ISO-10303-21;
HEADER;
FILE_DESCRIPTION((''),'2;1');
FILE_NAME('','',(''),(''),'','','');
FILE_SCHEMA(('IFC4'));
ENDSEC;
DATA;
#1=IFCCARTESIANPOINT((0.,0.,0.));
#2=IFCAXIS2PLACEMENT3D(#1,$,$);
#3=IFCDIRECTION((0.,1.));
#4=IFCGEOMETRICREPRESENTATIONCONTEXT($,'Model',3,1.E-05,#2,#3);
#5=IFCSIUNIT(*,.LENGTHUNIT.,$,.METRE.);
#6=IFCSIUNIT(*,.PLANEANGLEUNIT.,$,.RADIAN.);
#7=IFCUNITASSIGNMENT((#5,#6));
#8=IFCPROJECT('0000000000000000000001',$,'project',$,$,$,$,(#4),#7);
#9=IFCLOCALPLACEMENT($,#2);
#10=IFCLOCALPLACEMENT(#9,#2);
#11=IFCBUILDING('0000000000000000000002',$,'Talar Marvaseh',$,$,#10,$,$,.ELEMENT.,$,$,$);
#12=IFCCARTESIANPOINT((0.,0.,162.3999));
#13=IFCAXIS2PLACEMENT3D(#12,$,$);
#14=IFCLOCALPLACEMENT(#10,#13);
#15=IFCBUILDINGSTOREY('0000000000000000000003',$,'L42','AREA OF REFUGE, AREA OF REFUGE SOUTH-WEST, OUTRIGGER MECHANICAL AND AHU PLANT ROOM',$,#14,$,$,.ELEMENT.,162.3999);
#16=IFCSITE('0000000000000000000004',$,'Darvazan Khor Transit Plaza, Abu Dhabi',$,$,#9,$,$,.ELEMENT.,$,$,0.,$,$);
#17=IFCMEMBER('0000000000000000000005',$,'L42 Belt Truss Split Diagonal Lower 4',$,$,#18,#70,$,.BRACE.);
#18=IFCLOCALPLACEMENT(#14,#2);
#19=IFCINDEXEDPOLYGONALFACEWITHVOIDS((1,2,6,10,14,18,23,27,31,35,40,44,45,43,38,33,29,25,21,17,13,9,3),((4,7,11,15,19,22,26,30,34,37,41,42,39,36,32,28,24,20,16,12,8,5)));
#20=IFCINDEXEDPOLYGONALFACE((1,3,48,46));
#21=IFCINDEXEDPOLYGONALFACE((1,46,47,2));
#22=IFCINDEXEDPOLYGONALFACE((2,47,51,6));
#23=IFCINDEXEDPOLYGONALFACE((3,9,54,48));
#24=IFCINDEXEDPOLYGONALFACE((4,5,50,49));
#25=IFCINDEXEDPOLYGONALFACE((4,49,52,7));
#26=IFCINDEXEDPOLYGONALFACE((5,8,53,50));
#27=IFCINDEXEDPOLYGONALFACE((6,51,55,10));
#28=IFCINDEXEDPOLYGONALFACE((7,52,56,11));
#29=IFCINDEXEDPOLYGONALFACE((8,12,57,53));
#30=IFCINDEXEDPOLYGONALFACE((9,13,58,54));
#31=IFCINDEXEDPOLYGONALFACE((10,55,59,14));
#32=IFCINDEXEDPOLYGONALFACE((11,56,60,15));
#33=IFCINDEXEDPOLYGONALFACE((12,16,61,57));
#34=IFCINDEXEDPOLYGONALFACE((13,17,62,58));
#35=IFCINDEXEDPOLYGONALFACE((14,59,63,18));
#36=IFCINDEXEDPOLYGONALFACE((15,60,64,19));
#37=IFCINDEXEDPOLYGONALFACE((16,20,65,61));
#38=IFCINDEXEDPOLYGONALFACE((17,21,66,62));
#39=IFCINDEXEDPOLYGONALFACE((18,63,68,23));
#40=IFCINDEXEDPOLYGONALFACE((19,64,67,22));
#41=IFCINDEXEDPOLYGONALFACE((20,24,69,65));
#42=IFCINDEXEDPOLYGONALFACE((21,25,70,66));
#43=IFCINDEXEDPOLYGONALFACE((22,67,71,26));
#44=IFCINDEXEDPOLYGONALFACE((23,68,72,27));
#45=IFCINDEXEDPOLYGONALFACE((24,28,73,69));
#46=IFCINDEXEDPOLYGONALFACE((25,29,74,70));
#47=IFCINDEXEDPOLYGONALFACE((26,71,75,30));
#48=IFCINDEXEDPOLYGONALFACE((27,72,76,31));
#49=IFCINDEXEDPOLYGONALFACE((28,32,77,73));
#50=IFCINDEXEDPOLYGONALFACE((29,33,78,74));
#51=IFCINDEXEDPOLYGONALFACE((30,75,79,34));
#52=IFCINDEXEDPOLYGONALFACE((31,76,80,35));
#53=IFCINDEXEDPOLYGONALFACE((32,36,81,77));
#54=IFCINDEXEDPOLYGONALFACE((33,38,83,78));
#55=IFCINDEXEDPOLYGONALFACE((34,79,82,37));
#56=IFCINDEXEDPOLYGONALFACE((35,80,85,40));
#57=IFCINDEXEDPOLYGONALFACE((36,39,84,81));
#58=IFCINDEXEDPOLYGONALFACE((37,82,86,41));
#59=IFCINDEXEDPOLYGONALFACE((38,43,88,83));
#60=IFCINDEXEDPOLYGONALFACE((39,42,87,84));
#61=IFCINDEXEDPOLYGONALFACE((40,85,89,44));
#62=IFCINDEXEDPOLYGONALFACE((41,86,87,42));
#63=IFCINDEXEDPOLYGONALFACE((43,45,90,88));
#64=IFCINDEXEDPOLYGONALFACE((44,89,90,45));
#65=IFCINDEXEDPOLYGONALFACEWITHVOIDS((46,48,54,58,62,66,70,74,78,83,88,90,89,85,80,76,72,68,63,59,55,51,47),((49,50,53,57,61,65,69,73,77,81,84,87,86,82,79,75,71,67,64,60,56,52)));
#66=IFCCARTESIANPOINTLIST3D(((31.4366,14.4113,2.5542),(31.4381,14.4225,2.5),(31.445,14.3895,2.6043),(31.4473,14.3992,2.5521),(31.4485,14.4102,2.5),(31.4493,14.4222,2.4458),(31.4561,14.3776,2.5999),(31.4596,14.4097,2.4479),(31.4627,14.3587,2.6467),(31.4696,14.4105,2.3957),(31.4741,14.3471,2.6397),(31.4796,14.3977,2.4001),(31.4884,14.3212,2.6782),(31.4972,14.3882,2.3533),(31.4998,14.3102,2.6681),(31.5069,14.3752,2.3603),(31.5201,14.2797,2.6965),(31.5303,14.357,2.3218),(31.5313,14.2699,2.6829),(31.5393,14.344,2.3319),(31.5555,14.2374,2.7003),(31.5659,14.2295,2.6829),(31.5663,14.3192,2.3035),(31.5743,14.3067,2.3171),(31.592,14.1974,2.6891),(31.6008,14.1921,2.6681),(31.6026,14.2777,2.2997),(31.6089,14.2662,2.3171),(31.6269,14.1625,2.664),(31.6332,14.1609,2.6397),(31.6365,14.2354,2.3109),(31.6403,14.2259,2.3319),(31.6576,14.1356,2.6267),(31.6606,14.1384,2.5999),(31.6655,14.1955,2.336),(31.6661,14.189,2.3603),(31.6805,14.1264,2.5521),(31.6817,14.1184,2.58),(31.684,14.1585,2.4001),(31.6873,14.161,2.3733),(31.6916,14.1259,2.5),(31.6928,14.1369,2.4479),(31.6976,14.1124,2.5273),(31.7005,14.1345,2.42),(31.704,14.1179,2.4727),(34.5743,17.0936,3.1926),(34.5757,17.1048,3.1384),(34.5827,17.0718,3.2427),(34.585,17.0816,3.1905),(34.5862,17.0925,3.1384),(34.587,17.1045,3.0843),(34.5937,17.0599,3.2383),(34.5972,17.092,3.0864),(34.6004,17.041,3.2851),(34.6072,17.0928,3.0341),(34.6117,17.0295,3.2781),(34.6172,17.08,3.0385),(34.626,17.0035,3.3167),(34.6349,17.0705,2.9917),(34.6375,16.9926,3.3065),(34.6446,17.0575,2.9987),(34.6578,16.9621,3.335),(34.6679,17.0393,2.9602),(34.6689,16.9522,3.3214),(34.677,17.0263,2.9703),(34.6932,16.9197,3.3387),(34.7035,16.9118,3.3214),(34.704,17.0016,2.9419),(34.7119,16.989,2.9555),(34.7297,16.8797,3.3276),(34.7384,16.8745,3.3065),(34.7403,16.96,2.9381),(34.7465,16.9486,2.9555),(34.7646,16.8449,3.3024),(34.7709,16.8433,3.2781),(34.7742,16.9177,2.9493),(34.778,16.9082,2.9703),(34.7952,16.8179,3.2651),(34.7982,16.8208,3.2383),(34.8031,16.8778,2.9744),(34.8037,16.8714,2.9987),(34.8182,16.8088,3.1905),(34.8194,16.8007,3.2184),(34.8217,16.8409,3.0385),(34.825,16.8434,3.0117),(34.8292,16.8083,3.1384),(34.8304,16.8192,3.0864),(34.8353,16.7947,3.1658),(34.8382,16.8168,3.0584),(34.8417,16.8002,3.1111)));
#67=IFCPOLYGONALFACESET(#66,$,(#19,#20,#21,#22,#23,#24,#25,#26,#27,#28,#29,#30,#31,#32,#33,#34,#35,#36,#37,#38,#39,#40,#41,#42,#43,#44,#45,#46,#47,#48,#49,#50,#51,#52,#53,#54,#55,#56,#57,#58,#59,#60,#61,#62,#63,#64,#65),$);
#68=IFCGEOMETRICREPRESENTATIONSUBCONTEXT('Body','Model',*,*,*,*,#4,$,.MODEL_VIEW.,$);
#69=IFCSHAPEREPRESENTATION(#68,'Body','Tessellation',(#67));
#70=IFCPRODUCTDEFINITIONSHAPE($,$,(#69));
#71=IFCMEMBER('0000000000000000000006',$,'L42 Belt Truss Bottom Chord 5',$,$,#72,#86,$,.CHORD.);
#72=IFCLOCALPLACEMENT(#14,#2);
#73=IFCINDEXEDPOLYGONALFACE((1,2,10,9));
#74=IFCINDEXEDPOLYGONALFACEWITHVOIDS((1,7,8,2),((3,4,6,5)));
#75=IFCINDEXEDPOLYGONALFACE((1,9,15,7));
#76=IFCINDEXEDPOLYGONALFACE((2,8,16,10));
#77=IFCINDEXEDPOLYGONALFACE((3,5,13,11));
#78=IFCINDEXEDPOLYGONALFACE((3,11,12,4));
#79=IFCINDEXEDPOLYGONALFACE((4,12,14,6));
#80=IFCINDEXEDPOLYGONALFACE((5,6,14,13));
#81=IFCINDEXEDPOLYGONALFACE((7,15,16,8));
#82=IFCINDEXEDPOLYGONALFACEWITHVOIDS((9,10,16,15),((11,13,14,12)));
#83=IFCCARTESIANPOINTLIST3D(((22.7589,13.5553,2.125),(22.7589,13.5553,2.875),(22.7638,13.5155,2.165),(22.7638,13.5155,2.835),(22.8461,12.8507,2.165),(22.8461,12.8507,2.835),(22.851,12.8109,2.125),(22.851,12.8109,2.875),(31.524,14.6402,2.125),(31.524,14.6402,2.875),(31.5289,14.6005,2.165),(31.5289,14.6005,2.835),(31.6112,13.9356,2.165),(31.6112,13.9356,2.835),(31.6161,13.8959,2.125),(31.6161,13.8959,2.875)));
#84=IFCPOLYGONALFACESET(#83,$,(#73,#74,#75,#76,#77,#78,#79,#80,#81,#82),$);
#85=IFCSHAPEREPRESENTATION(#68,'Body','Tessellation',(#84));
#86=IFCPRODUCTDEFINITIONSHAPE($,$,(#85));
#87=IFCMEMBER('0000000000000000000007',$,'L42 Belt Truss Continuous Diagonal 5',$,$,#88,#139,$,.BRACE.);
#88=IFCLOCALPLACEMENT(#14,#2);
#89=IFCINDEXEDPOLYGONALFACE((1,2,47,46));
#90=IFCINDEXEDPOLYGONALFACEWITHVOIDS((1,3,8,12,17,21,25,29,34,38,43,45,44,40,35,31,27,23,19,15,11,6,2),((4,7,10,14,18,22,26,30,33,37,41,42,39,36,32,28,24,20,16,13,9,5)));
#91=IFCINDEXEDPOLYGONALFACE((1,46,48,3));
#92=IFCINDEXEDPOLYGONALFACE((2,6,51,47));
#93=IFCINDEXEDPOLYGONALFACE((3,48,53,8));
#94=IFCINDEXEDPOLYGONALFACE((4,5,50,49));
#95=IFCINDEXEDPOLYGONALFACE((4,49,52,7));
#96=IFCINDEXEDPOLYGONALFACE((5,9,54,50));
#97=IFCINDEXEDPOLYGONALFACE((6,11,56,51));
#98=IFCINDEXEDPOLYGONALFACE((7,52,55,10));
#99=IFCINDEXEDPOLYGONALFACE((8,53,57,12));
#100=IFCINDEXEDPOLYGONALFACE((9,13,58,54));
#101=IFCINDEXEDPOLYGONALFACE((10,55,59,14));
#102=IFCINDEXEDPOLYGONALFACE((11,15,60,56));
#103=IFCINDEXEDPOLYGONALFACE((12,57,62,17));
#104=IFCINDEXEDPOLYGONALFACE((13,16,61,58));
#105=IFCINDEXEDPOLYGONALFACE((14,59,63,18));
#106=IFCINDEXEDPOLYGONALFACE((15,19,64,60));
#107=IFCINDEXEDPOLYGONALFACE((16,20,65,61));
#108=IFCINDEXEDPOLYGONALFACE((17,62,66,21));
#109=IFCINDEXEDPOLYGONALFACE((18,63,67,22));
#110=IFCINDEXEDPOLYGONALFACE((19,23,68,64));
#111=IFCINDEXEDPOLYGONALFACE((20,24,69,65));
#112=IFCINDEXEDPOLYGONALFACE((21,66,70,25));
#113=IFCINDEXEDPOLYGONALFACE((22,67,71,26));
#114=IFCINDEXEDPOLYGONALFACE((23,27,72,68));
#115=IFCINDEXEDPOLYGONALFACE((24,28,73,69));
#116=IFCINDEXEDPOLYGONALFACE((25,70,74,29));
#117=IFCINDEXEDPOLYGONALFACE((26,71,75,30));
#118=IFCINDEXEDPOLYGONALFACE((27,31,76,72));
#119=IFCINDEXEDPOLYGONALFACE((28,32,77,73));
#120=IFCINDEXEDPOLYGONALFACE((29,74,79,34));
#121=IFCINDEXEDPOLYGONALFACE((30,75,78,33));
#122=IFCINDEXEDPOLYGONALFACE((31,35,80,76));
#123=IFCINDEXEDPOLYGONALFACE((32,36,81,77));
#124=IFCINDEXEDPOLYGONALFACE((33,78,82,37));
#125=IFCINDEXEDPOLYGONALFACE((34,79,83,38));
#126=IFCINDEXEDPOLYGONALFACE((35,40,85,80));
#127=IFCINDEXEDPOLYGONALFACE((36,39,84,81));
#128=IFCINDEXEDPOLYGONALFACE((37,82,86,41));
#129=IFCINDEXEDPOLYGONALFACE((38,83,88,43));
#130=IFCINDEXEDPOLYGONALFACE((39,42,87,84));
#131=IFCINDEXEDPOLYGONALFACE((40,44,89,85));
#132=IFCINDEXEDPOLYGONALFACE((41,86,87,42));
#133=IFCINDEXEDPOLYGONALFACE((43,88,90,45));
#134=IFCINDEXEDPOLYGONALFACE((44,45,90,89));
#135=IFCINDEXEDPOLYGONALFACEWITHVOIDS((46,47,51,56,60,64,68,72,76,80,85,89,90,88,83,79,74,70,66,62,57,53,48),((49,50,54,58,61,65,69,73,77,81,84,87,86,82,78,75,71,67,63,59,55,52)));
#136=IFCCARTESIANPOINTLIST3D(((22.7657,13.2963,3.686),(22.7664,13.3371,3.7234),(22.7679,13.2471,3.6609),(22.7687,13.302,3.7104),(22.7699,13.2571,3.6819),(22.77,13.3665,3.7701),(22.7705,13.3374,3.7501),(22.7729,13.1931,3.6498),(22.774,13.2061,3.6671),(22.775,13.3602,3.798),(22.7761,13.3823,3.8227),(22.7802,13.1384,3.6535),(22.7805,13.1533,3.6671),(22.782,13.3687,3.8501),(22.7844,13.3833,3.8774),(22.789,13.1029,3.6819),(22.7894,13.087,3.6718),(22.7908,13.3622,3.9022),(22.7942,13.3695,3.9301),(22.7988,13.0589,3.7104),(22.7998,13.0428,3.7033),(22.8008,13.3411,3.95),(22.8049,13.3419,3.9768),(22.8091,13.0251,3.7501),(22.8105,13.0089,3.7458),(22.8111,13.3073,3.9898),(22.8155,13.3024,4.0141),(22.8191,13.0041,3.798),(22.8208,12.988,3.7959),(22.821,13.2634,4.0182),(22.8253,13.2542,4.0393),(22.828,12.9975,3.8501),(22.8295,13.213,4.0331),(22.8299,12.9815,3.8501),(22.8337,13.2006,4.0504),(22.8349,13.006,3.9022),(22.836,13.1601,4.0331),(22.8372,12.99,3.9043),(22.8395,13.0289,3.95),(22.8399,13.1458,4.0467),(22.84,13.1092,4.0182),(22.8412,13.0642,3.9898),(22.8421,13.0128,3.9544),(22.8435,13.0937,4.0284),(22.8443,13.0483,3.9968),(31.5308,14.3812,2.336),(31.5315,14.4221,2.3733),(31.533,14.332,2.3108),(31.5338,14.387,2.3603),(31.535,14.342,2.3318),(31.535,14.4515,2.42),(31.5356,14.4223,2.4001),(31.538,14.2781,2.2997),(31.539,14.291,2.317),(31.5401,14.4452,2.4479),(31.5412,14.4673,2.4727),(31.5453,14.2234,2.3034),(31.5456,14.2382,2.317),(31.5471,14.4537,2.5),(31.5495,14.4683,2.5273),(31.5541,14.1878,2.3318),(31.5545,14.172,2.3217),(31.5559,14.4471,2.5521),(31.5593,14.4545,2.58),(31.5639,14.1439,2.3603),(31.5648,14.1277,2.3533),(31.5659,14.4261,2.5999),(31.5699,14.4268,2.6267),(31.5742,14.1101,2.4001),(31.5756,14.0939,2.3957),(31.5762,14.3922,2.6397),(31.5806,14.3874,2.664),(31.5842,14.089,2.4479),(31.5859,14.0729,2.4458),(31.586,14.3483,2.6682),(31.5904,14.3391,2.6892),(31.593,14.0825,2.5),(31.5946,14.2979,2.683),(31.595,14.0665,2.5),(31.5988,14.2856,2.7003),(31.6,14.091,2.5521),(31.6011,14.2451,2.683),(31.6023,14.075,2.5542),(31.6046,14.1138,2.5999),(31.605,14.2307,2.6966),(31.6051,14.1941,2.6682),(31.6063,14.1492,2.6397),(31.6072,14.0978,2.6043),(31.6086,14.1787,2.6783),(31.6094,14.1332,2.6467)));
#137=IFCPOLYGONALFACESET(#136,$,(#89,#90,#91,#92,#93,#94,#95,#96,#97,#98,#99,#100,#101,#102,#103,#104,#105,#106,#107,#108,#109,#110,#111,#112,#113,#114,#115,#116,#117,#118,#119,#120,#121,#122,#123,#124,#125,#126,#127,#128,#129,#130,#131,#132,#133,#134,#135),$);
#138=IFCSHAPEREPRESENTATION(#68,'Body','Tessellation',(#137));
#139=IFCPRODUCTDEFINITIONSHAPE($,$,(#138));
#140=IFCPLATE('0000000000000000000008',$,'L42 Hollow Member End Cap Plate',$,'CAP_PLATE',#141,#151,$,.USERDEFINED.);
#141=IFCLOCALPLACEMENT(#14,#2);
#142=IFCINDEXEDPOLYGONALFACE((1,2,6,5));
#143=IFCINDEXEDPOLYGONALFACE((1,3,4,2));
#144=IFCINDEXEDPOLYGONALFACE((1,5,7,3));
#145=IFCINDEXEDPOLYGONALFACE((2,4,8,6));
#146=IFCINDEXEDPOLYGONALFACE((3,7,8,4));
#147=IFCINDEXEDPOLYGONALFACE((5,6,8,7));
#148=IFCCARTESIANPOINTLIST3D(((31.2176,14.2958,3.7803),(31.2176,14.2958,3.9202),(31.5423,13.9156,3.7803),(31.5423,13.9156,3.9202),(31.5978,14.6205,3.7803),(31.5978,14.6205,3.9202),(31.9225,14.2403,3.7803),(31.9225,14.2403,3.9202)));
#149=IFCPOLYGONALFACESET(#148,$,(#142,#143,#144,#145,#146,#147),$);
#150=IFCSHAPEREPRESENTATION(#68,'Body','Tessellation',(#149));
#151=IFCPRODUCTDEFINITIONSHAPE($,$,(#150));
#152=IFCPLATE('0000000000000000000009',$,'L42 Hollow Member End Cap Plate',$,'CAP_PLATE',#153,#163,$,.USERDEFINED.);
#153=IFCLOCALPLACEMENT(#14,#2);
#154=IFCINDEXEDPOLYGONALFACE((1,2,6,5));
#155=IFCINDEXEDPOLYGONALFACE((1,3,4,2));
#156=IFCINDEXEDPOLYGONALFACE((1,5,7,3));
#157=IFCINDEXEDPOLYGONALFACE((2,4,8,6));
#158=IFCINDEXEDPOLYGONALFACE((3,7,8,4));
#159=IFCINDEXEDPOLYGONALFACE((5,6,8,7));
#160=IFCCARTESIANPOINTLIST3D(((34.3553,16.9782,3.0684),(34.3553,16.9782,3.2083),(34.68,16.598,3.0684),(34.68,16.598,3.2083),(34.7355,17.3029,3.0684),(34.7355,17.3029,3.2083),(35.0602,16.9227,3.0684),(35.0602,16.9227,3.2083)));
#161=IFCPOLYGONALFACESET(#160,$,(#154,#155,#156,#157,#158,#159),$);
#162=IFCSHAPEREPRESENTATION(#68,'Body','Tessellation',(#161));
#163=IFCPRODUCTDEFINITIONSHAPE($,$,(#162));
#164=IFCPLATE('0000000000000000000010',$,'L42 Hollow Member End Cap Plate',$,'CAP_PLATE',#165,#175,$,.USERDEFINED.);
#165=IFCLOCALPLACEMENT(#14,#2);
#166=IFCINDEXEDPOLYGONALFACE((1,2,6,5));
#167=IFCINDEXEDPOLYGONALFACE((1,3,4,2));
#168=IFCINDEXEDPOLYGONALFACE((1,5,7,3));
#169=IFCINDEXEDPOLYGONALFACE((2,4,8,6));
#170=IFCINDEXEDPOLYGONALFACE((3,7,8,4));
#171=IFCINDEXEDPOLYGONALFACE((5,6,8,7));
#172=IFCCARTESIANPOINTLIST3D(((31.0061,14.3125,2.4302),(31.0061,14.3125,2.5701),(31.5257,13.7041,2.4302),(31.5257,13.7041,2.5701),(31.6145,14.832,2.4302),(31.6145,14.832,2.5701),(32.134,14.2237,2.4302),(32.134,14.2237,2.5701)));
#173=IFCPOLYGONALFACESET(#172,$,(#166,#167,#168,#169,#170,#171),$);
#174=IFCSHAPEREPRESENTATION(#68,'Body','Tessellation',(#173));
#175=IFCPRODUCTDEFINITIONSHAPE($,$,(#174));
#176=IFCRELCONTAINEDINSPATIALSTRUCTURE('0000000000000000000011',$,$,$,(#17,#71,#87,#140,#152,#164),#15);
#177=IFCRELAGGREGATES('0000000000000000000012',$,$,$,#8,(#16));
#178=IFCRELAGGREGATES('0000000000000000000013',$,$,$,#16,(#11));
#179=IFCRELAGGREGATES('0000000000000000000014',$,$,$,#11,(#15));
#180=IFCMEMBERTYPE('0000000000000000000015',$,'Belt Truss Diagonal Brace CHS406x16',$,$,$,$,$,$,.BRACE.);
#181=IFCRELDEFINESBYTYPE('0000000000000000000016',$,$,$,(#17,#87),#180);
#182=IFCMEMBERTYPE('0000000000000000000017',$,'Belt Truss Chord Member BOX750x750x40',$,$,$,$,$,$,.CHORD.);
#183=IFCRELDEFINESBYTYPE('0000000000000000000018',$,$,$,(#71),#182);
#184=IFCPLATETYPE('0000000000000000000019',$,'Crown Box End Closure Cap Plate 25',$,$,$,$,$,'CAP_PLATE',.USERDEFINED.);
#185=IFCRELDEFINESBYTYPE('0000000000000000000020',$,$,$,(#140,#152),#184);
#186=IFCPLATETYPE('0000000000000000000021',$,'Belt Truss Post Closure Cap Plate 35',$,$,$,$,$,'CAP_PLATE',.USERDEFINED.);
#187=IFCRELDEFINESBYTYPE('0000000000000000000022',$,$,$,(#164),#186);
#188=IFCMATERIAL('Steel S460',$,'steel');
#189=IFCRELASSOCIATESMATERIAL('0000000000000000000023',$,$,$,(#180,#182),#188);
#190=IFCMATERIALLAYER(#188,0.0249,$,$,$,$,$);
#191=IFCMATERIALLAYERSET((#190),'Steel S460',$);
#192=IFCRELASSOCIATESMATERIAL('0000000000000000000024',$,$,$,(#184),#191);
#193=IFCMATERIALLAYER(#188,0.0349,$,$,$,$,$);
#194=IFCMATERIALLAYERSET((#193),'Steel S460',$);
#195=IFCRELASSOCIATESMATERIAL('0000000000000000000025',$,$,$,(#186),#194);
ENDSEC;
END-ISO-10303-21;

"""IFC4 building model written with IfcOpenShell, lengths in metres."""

from ifc_helpers import new_model, si_unit, direction, frame, origin, origin_2d, place, context, subcontext, project, spatial, rectangle, hollow_rectangle, hollow_circle, extrude, source, transform, mapped, material, layer, layer_set, material_profile, profile_set, type_object, type_shapes, element, save


model = new_model("IFC4")

# Units and contexts
model_context = context("Model", 3, precision=1e-05, world=origin(), true_north=direction((0.0, 1.0)))
body_context = subcontext(model_context, "Body", "Model", "MODEL_VIEW")
ifc_project = project(units=[si_unit("LENGTHUNIT", "METRE"), si_unit("PLANEANGLEUNIT", "RADIAN")], contexts=[model_context])

# Site, building, storey
site_placement = place(None, origin())
site = spatial("IfcSite", under=ifc_project, at=site_placement, Name="Darvazan Khor Transit Plaza, Abu Dhabi", CompositionType="ELEMENT", RefElevation=0.0)
building_placement = place(site_placement, origin())
building = spatial("IfcBuilding", under=site, at=building_placement, Name="Talar Marvaseh", CompositionType="ELEMENT")
storey_placement = place(building_placement, frame((0.0, 0.0, 162.3999)))
storey = spatial("IfcBuildingStorey", under=building, at=storey_placement, Name="L42", Description="AREA OF REFUGE, AREA OF REFUGE SOUTH-WEST, OUTRIGGER MECHANICAL AND AHU PLANT ROOM", CompositionType="ELEMENT", Elevation=162.3999)

# Members
ifc_material_1 = material(Name="Steel S460", Category="steel")
ifc_material_profile_1 = material_profile(ifc_material_1, hollow_circle(Radius=0.2031, WallThickness=0.0161, at=origin_2d()), Name="CHS406x16")
ifc_profile_set_1 = profile_set([ifc_material_profile_1], Name="Steel S460")
member_type_1 = type_object("IfcMemberType", Name="Belt Truss Diagonal Brace CHS406x16", PredefinedType="BRACE", material=ifc_profile_set_1)
shared_shape_1 = source(origin(), body_context, "Body", "SweptSolid", [
    extrude(hollow_circle(Radius=0.2031, WallThickness=0.0161, at=origin_2d()), origin(), (0.0, 0.0, 1.0), 4.177),
])
member_1_placement = place(storey_placement, frame((31.5701, 14.2681, 2.5), z_axis=(0.751173, 0.642167, 0.152841), x_axis=(-0.649802, 0.760103, 0.0)))
element("IfcMember", 1, at=member_1_placement, inside=storey, type_object=member_type_1, Name="L42 Belt Truss Split Diagonal Lower 4", PredefinedType="BRACE", context=body_context, shape_type="MappedRepresentation", body=[
    mapped(shared_shape_1, transform((0.0, 0.0, 0.0), x_axis=(1.0, 0.0, 0.0), y_axis=(0.0, 1.0, 0.0), z_axis=(0.0, 0.0, 1.0), scale=1.0)),
])
ifc_material_profile_2 = material_profile(ifc_material_1, hollow_rectangle(XDim=0.75, YDim=0.75, WallThickness=0.04, at=origin_2d()), Name="BOX750x750x40")
ifc_profile_set_2 = profile_set([ifc_material_profile_2], Name="Steel S460")
member_type_2 = type_object("IfcMemberType", Name="Belt Truss Chord Member BOX750x750x40", PredefinedType="CHORD", material=ifc_profile_set_2)
shared_shape_2 = source(origin(), body_context, "Body", "SweptSolid", [
    extrude(hollow_rectangle(XDim=0.75, YDim=0.75, WallThickness=0.04, at=origin_2d()), origin(), (0.0, 0.0, 1.0), 8.832),
])
type_shapes(member_type_2, [shared_shape_2])
member_2_placement = place(storey_placement, frame((31.5701, 14.2681, 2.5), z_axis=(-0.992426, -0.122844, 0.0), x_axis=(0.122844, -0.992426, 0.0)))
element("IfcMember", 2, at=member_2_placement, inside=storey, type_object=member_type_2, Name="L42 Belt Truss Bottom Chord 5", PredefinedType="CHORD", context=body_context, shape_type="MappedRepresentation", body=[
    mapped(shared_shape_2, transform((0.0, 0.0, 0.0), x_axis=(1.0, 0.0, 0.0), y_axis=(0.0, 1.0, 0.0), z_axis=(0.0, 0.0, 1.0), scale=1.0)),
])
shared_shape_3 = source(origin(), body_context, "Body", "SweptSolid", [
    extrude(hollow_circle(Radius=0.2031, WallThickness=0.0161, at=origin_2d()), origin(), (0.0, 0.0, 1.0), 8.9346),
])
type_shapes(member_type_1, [shared_shape_1, shared_shape_3])
member_3_placement = place(storey_placement, frame((31.5701, 14.2681, 2.5), z_axis=(-0.98103, -0.121433, 0.151108), x_axis=(0.122844, -0.992426, 0.0)))
element("IfcMember", 3, at=member_3_placement, inside=storey, type_object=member_type_1, Name="L42 Belt Truss Continuous Diagonal 5", PredefinedType="BRACE", context=body_context, shape_type="MappedRepresentation", body=[
    mapped(shared_shape_3, transform((0.0, 0.0, 0.0), x_axis=(1.0, 0.0, 0.0), y_axis=(0.0, 1.0, 0.0), z_axis=(0.0, 0.0, 1.0), scale=1.0)),
])

# Plates
ifc_layer_1 = layer(ifc_material_1, 0.0249)
ifc_layer_set_1 = layer_set([ifc_layer_1], Name="Steel S460")
plate_type_1 = type_object("IfcPlateType", Name="Crown Box End Closure Cap Plate 25", ElementType="CAP_PLATE", PredefinedType="USERDEFINED", material=ifc_layer_set_1)
shared_shape_4 = source(origin(), body_context, "Body", "SweptSolid", [
    extrude(rectangle(XDim=0.5, YDim=0.5, at=origin_2d()), origin(), (0.0, 0.0, 1.0), 0.1399),
])
type_shapes(plate_type_1, [shared_shape_4])
for number, where, z_axis, x_axis, name in (
    (4, (31.5701, 14.2681, 3.7803), (0.0, 0.0, 1.0), (-0.760406, -0.649448, 0.0), "L42 Hollow Member End Cap Plate"),
    (5, (34.7078, 16.9504, 3.0684), (0.0, 0.0, 1.0), (0.760406, 0.649448, 0.0), "L42 Hollow Member End Cap Plate"),
):
    element("IfcPlate", number, at=place(storey_placement, frame(where, z_axis=z_axis, x_axis=x_axis)), inside=storey, type_object=plate_type_1, Name=name, ObjectType="CAP_PLATE", PredefinedType="USERDEFINED", context=body_context, shape_type="MappedRepresentation", body=[
        mapped(shared_shape_4, transform((0.0, 0.0, 0.0), x_axis=(1.0, 0.0, 0.0), y_axis=(0.0, 1.0, 0.0), z_axis=(0.0, 0.0, 1.0), scale=1.0)),
    ])
ifc_layer_2 = layer(ifc_material_1, 0.0349)
ifc_layer_set_2 = layer_set([ifc_layer_2], Name="Steel S460")
plate_type_2 = type_object("IfcPlateType", Name="Belt Truss Post Closure Cap Plate 35", ElementType="CAP_PLATE", PredefinedType="USERDEFINED", material=ifc_layer_set_2)
shared_shape_5 = source(origin(), body_context, "Body", "SweptSolid", [
    extrude(rectangle(XDim=0.8, YDim=0.8, at=origin_2d()), origin(), (0.0, 0.0, 1.0), 0.1399),
])
type_shapes(plate_type_2, [shared_shape_5])
plate_1_placement = place(storey_placement, frame((31.5701, 14.2681, 2.4302), z_axis=(0.0, 0.0, 1.0), x_axis=(-0.760406, -0.649448, 0.0)))
element("IfcPlate", 6, at=plate_1_placement, inside=storey, type_object=plate_type_2, Name="L42 Hollow Member End Cap Plate", ObjectType="CAP_PLATE", PredefinedType="USERDEFINED", context=body_context, shape_type="MappedRepresentation", body=[
    mapped(shared_shape_5, transform((0.0, 0.0, 0.0), x_axis=(1.0, 0.0, 0.0), y_axis=(0.0, 1.0, 0.0), z_axis=(0.0, 0.0, 1.0), scale=1.0)),
])

save(model, "model.ifc")
